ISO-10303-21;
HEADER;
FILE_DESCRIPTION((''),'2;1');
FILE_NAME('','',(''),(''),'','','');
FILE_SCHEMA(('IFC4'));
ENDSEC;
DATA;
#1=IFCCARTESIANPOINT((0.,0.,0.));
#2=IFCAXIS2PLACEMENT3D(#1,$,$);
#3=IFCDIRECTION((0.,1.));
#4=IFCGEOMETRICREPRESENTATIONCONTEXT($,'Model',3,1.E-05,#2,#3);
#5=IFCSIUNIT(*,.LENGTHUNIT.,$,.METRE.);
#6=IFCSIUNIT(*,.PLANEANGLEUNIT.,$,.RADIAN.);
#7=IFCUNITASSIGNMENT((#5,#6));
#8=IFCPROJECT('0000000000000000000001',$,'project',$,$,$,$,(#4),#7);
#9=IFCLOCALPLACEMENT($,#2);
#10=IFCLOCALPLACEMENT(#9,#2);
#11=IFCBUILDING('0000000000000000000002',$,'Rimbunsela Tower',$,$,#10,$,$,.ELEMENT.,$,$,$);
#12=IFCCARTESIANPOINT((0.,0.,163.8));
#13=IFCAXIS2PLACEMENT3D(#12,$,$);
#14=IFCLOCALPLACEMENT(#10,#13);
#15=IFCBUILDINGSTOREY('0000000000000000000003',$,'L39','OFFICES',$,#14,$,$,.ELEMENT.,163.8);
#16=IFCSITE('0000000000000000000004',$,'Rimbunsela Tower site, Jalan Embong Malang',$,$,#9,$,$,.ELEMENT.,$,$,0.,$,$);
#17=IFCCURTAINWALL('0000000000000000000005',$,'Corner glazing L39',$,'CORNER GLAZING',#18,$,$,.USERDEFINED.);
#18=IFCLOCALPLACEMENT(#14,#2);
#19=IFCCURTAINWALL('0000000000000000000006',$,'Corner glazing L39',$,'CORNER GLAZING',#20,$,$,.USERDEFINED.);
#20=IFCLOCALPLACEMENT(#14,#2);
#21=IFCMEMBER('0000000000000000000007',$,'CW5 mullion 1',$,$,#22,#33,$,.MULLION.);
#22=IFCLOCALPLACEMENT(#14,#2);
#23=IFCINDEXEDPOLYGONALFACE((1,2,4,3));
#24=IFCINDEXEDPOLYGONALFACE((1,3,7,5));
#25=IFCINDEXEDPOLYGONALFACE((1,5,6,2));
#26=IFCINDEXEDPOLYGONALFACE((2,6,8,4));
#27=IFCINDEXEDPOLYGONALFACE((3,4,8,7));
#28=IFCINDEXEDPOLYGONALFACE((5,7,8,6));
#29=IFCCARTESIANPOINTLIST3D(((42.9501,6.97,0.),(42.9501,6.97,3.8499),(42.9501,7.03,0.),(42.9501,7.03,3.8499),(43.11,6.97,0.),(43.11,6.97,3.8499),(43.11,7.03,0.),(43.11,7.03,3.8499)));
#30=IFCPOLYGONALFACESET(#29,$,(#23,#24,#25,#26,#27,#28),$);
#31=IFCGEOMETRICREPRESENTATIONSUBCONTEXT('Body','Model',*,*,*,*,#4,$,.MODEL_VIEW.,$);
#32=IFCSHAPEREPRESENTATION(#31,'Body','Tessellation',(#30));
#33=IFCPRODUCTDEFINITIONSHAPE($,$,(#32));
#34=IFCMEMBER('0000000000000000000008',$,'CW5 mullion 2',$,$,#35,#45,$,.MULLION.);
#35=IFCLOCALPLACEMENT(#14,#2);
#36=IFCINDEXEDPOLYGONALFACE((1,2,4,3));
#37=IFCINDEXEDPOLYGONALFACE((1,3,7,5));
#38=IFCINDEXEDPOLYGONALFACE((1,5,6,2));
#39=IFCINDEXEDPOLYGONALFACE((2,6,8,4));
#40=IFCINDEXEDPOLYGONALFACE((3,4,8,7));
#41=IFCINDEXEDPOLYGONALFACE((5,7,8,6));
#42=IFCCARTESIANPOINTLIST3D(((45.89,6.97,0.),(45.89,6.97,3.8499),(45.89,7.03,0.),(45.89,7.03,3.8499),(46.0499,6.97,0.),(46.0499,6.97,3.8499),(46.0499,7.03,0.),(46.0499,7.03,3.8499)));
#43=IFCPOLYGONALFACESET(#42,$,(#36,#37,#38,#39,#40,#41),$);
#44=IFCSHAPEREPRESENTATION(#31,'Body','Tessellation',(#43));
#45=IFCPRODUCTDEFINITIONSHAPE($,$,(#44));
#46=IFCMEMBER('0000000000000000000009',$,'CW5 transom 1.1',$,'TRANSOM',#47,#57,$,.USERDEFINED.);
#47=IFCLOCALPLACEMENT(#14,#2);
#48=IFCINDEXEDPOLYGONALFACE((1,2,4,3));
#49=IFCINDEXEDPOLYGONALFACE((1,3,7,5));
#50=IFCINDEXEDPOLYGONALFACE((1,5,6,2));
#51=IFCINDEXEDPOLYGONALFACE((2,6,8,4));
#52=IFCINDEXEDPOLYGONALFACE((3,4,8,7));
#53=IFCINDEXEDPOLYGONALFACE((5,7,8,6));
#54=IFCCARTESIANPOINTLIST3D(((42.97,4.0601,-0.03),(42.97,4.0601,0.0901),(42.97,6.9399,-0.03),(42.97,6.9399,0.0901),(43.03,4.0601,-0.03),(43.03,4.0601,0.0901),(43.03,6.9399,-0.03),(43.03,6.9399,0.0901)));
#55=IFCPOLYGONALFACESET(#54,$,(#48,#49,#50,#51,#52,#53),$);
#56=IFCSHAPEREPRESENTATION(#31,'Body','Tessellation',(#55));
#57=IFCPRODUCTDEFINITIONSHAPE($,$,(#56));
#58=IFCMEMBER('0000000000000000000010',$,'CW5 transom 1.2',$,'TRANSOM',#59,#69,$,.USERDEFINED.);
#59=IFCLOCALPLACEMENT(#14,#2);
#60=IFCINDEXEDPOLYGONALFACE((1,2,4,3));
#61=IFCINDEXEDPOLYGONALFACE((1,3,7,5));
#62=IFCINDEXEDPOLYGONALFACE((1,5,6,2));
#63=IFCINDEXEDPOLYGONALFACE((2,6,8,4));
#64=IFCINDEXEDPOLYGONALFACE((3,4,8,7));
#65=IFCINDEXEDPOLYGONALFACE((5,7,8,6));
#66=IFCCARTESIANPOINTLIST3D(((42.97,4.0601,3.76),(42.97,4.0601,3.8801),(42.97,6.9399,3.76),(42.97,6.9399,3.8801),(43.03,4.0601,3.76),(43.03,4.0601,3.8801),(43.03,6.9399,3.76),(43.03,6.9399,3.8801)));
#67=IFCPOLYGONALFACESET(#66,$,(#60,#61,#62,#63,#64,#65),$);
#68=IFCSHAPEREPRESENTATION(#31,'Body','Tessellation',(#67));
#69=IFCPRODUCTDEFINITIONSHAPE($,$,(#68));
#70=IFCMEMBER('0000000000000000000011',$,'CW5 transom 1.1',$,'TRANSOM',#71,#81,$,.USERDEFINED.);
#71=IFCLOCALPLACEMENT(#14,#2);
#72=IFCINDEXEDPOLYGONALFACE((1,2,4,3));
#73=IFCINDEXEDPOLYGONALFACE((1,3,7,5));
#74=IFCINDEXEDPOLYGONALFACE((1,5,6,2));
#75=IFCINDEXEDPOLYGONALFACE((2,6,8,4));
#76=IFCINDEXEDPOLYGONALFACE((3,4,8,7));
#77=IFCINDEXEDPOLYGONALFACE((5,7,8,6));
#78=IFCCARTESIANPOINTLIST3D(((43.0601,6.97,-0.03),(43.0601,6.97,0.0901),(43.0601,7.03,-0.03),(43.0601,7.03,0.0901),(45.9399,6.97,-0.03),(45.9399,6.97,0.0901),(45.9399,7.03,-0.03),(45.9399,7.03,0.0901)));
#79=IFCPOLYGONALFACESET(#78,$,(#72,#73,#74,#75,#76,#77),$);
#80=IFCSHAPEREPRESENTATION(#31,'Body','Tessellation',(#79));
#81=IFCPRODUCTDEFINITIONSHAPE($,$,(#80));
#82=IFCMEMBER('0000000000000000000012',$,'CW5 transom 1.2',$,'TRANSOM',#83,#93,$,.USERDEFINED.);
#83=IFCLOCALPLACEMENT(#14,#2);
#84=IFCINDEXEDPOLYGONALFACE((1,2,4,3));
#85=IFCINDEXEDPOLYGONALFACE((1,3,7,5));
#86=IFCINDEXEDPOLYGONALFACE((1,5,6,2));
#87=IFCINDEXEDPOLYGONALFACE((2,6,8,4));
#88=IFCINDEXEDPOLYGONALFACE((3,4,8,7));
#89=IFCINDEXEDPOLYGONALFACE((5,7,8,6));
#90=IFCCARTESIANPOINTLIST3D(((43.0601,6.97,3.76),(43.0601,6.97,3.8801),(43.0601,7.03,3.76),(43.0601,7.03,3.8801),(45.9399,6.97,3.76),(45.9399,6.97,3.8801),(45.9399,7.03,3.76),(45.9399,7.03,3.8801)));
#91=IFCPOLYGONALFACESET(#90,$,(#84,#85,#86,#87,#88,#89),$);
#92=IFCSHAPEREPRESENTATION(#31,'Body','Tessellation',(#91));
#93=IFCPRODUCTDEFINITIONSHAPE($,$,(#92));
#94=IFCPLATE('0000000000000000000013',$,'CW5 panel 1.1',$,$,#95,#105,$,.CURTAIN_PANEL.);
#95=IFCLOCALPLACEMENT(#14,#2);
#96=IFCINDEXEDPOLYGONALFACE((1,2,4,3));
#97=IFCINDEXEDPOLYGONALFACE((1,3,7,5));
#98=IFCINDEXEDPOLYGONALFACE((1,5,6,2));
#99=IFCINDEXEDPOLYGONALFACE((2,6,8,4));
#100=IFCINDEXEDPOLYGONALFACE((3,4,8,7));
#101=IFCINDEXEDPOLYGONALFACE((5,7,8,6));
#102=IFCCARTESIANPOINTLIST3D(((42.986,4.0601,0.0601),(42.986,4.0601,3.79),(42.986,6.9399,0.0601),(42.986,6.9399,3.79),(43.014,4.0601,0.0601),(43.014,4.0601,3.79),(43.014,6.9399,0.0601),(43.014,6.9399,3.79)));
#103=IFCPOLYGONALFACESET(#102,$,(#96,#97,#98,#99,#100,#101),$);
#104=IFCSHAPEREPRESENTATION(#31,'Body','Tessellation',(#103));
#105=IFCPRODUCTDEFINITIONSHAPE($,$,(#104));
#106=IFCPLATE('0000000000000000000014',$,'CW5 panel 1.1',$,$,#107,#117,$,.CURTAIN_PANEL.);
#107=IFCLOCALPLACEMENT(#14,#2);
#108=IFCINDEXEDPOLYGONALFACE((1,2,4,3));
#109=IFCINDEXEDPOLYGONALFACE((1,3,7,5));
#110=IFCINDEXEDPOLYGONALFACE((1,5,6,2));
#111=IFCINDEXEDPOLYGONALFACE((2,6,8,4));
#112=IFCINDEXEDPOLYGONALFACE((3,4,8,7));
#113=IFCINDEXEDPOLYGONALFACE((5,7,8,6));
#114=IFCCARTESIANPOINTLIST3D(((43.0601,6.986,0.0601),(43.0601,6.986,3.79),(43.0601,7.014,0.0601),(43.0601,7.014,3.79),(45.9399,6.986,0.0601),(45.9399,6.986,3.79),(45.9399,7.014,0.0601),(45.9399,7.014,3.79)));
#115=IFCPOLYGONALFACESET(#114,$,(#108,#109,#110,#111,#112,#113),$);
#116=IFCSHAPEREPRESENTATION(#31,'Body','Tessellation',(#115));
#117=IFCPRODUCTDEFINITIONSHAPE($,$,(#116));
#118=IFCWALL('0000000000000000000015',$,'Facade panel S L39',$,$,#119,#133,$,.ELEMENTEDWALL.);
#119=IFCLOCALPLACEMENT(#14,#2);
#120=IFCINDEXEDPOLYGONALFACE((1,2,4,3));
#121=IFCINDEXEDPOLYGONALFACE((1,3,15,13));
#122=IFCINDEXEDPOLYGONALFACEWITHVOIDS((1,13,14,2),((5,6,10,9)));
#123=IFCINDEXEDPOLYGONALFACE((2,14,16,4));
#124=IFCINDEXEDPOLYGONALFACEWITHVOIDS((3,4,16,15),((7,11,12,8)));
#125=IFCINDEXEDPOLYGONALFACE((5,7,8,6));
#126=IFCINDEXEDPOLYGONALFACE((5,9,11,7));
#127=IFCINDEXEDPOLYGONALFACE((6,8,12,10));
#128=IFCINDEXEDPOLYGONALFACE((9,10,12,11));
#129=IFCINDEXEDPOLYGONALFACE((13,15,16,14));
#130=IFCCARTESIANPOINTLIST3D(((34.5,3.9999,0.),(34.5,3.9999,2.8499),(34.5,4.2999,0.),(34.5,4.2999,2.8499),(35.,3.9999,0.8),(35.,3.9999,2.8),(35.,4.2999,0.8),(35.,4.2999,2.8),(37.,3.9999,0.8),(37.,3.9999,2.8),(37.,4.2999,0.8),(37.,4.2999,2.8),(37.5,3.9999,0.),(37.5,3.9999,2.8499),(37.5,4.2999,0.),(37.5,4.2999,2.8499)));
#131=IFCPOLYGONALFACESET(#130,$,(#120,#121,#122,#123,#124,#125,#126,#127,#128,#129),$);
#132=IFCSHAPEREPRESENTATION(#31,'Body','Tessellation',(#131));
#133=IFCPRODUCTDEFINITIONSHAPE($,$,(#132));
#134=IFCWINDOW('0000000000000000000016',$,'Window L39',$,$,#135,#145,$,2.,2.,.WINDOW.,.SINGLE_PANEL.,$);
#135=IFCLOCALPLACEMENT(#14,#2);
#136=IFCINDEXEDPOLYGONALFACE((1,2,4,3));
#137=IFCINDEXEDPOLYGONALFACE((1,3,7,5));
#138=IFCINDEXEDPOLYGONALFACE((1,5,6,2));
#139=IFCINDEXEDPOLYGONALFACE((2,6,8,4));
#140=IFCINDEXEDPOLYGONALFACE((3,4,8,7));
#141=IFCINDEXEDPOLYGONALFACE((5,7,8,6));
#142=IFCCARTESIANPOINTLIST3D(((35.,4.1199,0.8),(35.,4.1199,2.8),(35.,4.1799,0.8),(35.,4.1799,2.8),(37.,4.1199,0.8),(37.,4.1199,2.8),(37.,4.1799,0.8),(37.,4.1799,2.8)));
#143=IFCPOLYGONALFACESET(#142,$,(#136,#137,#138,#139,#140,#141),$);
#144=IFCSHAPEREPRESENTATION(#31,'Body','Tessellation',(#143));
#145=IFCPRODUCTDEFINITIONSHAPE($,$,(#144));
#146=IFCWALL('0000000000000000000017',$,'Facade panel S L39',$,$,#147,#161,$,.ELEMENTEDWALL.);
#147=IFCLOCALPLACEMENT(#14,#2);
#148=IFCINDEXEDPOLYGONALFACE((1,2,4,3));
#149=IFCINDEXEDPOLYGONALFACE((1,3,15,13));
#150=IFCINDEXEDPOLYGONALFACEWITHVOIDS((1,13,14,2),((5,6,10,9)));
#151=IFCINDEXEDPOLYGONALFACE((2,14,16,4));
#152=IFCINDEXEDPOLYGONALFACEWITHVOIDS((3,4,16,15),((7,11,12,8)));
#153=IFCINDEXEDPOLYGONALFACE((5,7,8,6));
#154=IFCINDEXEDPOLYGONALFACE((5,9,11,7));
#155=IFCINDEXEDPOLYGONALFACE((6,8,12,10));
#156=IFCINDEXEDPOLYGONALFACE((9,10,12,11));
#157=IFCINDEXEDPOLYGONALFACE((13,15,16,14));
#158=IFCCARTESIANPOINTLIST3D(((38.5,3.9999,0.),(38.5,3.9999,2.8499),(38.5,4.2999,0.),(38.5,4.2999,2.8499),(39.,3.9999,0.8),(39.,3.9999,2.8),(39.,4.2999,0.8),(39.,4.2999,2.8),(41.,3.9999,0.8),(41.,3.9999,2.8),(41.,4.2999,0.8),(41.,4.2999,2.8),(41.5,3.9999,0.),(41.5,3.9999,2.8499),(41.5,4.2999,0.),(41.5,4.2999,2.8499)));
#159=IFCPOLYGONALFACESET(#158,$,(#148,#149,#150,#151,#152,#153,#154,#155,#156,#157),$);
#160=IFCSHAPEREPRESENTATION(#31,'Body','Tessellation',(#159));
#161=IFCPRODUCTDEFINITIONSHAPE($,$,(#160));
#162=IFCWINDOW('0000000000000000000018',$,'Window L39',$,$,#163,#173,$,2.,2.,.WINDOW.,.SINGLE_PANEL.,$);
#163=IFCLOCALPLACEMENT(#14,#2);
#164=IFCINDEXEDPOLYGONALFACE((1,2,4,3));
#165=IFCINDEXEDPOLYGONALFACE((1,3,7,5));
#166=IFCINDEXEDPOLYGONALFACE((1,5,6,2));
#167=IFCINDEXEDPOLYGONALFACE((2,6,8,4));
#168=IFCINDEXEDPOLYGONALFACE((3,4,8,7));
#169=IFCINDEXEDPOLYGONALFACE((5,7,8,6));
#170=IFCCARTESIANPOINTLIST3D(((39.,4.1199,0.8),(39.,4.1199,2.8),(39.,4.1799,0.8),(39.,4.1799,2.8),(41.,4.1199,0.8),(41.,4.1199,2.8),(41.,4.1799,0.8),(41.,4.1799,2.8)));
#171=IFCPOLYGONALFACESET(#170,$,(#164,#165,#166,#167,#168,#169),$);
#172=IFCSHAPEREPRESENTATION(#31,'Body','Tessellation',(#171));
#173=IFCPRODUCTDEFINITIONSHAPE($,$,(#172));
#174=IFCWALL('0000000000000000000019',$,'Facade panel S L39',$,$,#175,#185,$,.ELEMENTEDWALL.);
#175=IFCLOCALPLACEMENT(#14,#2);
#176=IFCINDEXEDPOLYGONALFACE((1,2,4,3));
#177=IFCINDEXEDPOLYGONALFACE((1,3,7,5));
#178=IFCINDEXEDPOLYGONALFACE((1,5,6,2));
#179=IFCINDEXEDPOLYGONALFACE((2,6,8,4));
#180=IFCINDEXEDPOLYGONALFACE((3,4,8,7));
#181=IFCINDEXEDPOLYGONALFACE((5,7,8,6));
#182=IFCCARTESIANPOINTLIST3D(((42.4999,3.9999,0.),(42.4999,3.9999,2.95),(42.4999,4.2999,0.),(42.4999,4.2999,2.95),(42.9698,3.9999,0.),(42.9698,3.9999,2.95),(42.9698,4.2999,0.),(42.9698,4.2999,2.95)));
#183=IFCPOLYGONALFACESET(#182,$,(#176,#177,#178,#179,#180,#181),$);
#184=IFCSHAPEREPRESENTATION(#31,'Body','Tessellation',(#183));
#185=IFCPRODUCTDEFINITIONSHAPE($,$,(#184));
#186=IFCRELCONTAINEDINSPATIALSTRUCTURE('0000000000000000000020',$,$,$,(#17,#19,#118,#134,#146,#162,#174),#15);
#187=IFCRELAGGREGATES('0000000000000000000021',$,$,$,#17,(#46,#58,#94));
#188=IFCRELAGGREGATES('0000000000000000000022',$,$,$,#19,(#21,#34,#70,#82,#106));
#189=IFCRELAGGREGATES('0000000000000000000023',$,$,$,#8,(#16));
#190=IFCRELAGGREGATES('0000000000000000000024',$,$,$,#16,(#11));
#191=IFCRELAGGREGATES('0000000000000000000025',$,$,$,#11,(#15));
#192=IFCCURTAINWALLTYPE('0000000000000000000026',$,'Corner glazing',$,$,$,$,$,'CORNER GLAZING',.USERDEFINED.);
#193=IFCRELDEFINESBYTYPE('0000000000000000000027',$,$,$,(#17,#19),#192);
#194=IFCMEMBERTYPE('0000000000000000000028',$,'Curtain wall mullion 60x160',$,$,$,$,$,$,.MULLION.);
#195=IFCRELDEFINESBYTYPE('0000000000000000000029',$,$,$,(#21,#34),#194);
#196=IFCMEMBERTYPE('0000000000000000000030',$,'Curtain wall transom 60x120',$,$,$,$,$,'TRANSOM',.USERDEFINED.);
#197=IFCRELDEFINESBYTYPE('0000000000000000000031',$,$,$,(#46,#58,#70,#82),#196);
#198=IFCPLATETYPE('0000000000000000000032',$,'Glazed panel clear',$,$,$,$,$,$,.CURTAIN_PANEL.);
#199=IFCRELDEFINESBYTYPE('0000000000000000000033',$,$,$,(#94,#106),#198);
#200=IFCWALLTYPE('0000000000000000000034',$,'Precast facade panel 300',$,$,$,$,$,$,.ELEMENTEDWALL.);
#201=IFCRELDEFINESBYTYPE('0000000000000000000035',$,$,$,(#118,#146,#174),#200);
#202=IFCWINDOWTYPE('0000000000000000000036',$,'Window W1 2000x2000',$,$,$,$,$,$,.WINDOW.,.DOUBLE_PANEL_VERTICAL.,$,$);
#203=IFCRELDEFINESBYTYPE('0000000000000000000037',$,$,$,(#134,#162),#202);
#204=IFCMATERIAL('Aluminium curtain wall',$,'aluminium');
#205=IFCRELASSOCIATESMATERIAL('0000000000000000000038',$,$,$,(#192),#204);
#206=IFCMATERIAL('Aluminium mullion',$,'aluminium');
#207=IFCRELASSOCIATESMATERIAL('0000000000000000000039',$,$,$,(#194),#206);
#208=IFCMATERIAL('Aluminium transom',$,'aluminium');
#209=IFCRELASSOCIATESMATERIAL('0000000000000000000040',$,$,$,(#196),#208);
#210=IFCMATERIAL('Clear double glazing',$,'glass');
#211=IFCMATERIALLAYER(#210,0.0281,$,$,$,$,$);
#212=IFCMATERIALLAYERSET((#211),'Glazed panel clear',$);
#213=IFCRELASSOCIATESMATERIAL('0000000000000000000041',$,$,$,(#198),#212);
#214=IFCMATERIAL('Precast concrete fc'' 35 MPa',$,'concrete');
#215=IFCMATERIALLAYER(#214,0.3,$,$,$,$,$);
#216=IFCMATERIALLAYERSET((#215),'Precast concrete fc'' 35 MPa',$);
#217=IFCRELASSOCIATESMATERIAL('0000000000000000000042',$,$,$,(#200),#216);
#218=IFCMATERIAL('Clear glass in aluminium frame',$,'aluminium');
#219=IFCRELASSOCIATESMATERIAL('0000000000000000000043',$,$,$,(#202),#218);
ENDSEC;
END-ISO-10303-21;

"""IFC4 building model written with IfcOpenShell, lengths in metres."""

from ifc_helpers import new_model, si_unit, direction, frame, frame_2d, origin, origin_2d, place, context, subcontext, project, spatial, rectangle, extrude, material, layer, layer_set, material_profile, profile_set, type_object, element, fill, aggregate, save


model = new_model("IFC4")

# Units and contexts
model_context = context("Model", 3, precision=1e-05, world=origin(), true_north=direction((0.0, 1.0)))
body_context = subcontext(model_context, "Body", "Model", "MODEL_VIEW")
ifc_project = project(units=[si_unit("LENGTHUNIT", "METRE"), si_unit("PLANEANGLEUNIT", "RADIAN")], contexts=[model_context])

# Site, building, storey
site_placement = place(None, origin())
site = spatial("IfcSite", under=ifc_project, at=site_placement, Name="Rimbunsela Tower site, Jalan Embong Malang", CompositionType="ELEMENT", RefElevation=0.0)
building_placement = place(site_placement, origin())
building = spatial("IfcBuilding", under=site, at=building_placement, Name="Rimbunsela Tower", CompositionType="ELEMENT")
storey_placement = place(building_placement, frame((0.0, 0.0, 163.8)))
storey = spatial("IfcBuildingStorey", under=building, at=storey_placement, Name="L39", Description="OFFICES", CompositionType="ELEMENT", Elevation=163.8)

# Curtain walls, members
ifc_material_1 = material(Name="Aluminium curtain wall", Category="aluminium")
curtain_wall_type = type_object("IfcCurtainWallType", Name="Corner glazing", ElementType="CORNER GLAZING", PredefinedType="USERDEFINED", material=ifc_material_1)
curtain_wall_1_placement = place(storey_placement, origin())
curtain_wall_1 = element("IfcCurtainWall", 1, at=curtain_wall_1_placement, inside=storey, type_object=curtain_wall_type, Name="Corner glazing L39", ObjectType="CORNER GLAZING", PredefinedType="USERDEFINED")
ifc_material_2 = material(Name="Aluminium mullion", Category="aluminium")
ifc_material_profile_1 = material_profile(ifc_material_2, rectangle(XDim=0.0601, YDim=0.1599, at=origin_2d()), Name="Mullion 60x160")
ifc_profile_set_1 = profile_set([ifc_material_profile_1], Name="Aluminium mullion")
member_type_1 = type_object("IfcMemberType", Name="Curtain wall mullion 60x160", PredefinedType="MULLION", material=ifc_profile_set_1)
curtain_wall_2_placement = place(storey_placement, origin())
curtain_wall_2 = element("IfcCurtainWall", 2, at=curtain_wall_2_placement, inside=storey, type_object=curtain_wall_type, Name="Corner glazing L39", ObjectType="CORNER GLAZING", PredefinedType="USERDEFINED")
member_1_placement = place(storey_placement, frame((43.03, 7.0, 0.0), z_axis=(0.0, 0.0, 1.0), x_axis=(0.0, 1.0, 0.0)))
member_1 = element("IfcMember", 3, at=member_1_placement, type_object=member_type_1, Name="CW5 mullion 1", PredefinedType="MULLION", context=body_context, shape_type="SweptSolid", body=[
    extrude(rectangle(XDim=0.0601, YDim=0.1599, at=origin_2d()), origin(), (0.0, 0.0, 1.0), 3.8499),
])
member_2_placement = place(storey_placement, frame((45.97, 7.0, 0.0), z_axis=(0.0, 0.0, 1.0), x_axis=(0.0, 1.0, 0.0)))
member_2 = element("IfcMember", 4, at=member_2_placement, type_object=member_type_1, Name="CW5 mullion 2", PredefinedType="MULLION", context=body_context, shape_type="SweptSolid", body=[
    extrude(rectangle(XDim=0.0601, YDim=0.1599, at=origin_2d()), origin(), (0.0, 0.0, 1.0), 3.8499),
])

# Members
ifc_material_3 = material(Name="Aluminium transom", Category="aluminium")
ifc_material_profile_2 = material_profile(ifc_material_3, rectangle(XDim=0.0601, YDim=0.1201, at=origin_2d()), Name="Transom 60x120")
ifc_profile_set_2 = profile_set([ifc_material_profile_2], Name="Aluminium transom")
member_type_2 = type_object("IfcMemberType", Name="Curtain wall transom 60x120", ElementType="TRANSOM", PredefinedType="USERDEFINED", material=ifc_profile_set_2)
member_3_placement = place(storey_placement, frame((43.0, 4.0601, 0.03), z_axis=(0.0, 1.0, 0.0), x_axis=(-1.0, 0.0, 0.0)))
member_3 = element("IfcMember", 5, at=member_3_placement, type_object=member_type_2, Name="CW5 transom 1.1", ObjectType="TRANSOM", PredefinedType="USERDEFINED", context=body_context, shape_type="SweptSolid", body=[
    extrude(rectangle(XDim=0.0601, YDim=0.1201, at=origin_2d()), origin(), (0.0, 0.0, 1.0), 2.8799),
])
member_4_placement = place(storey_placement, frame((43.0, 4.0601, 3.8201), z_axis=(0.0, 1.0, 0.0), x_axis=(-1.0, 0.0, 0.0)))
member_4 = element("IfcMember", 6, at=member_4_placement, type_object=member_type_2, Name="CW5 transom 1.2", ObjectType="TRANSOM", PredefinedType="USERDEFINED", context=body_context, shape_type="SweptSolid", body=[
    extrude(rectangle(XDim=0.0601, YDim=0.1201, at=origin_2d()), origin(), (0.0, 0.0, 1.0), 2.8799),
])
member_5_placement = place(storey_placement, frame((43.0601, 7.0, 0.03), z_axis=(1.0, 0.0, 0.0), x_axis=(0.0, 1.0, 0.0)))
member_5 = element("IfcMember", 7, at=member_5_placement, type_object=member_type_2, Name="CW5 transom 1.1", ObjectType="TRANSOM", PredefinedType="USERDEFINED", context=body_context, shape_type="SweptSolid", body=[
    extrude(rectangle(XDim=0.0601, YDim=0.1201, at=origin_2d()), origin(), (0.0, 0.0, 1.0), 2.8799),
])
member_6_placement = place(storey_placement, frame((43.0601, 7.0, 3.8201), z_axis=(1.0, 0.0, 0.0), x_axis=(0.0, 1.0, 0.0)))
member_6 = element("IfcMember", 8, at=member_6_placement, type_object=member_type_2, Name="CW5 transom 1.2", ObjectType="TRANSOM", PredefinedType="USERDEFINED", context=body_context, shape_type="SweptSolid", body=[
    extrude(rectangle(XDim=0.0601, YDim=0.1201, at=origin_2d()), origin(), (0.0, 0.0, 1.0), 2.8799),
])

# Plates
ifc_material_4 = material(Name="Clear double glazing", Category="glass")
ifc_layer_1 = layer(ifc_material_4, 0.0281)
ifc_layer_set_1 = layer_set([ifc_layer_1], Name="Glazed panel clear")
plate_type = type_object("IfcPlateType", Name="Glazed panel clear", PredefinedType="CURTAIN_PANEL", material=ifc_layer_set_1)
plate_1_placement = place(storey_placement, frame((43.0, 5.5, 0.0601), z_axis=(0.0, 0.0, 1.0), x_axis=(0.0, 1.0, 0.0)))
plate_1 = element("IfcPlate", 9, at=plate_1_placement, type_object=plate_type, Name="CW5 panel 1.1", PredefinedType="CURTAIN_PANEL", context=body_context, shape_type="SweptSolid", body=[
    extrude(rectangle(XDim=2.8799, YDim=0.0281, at=origin_2d()), origin(), (0.0, 0.0, 1.0), 3.73),
])
aggregate(curtain_wall_1, [member_3, member_4, plate_1])
plate_2_placement = place(storey_placement, frame((44.5, 7.0, 0.0601), z_axis=(0.0, 0.0, 1.0), x_axis=(1.0, 0.0, 0.0)))
plate_2 = element("IfcPlate", 10, at=plate_2_placement, type_object=plate_type, Name="CW5 panel 1.1", PredefinedType="CURTAIN_PANEL", context=body_context, shape_type="SweptSolid", body=[
    extrude(rectangle(XDim=2.8799, YDim=0.0281, at=origin_2d()), origin(), (0.0, 0.0, 1.0), 3.73),
])
aggregate(curtain_wall_2, [member_1, member_2, member_5, member_6, plate_2])

# Walls, openings, windows
ifc_material_5 = material(Name="Precast concrete fc' 35 MPa", Category="concrete")
ifc_layer_2 = layer(ifc_material_5, 0.3)
ifc_layer_set_2 = layer_set([ifc_layer_2], Name="Precast concrete fc' 35 MPa")
wall_type = type_object("IfcWallType", Name="Precast facade panel 300", PredefinedType="ELEMENTEDWALL", material=ifc_layer_set_2)
wall_1_placement = place(storey_placement, frame((34.5, 4.1499, 0.0), z_axis=(0.0, 0.0, 1.0), x_axis=(1.0, 0.0, 0.0)))
wall_1 = element("IfcWall", 11, at=wall_1_placement, inside=storey, type_object=wall_type, Name="Facade panel S L39", PredefinedType="ELEMENTEDWALL", context=body_context, shape_type="SweptSolid", body=[
    extrude(rectangle(XDim=3.0, YDim=0.3, at=frame_2d((1.5, 0.0))), origin(), (0.0, 0.0, 1.0), 2.8499),
])
opening_1_placement = place(wall_1_placement, frame((0.5, 0.0, 0.8)))
opening_1 = element("IfcOpeningElement", 12, at=opening_1_placement, cuts=wall_1, PredefinedType="OPENING", context=body_context, shape_type="SweptSolid", body=[
    extrude(rectangle(XDim=2.0, YDim=2.0, at=frame_2d((1.0, 1.0))), frame((0.0, 0.1599, 0.0), z_axis=(0.0, -1.0, 0.0), x_axis=(1.0, 0.0, 0.0)), (0.0, 0.0, 1.0), 0.3201),
])
ifc_material_6 = material(Name="Clear glass in aluminium frame", Category="aluminium")
window_type = type_object("IfcWindowType", Name="Window W1 2000x2000", PartitioningType="DOUBLE_PANEL_VERTICAL", PredefinedType="WINDOW", material=ifc_material_6)
window_1_placement = place(opening_1_placement, origin())
window_1 = element("IfcWindow", 13, at=window_1_placement, inside=storey, type_object=window_type, Name="Window L39", OverallHeight=2.0, OverallWidth=2.0, PartitioningType="SINGLE_PANEL", PredefinedType="WINDOW", context=body_context, shape_type="SweptSolid", body=[
    extrude(rectangle(XDim=2.0, YDim=2.0, at=frame_2d((1.0, 1.0))), frame((0.0, 0.03, 0.0), z_axis=(0.0, -1.0, 0.0), x_axis=(1.0, 0.0, 0.0)), (0.0, 0.0, 1.0), 0.0601),
])
fill(opening_1, window_1)
wall_2_placement = place(storey_placement, frame((38.5, 4.1499, 0.0), z_axis=(0.0, 0.0, 1.0), x_axis=(1.0, 0.0, 0.0)))
wall_2 = element("IfcWall", 14, at=wall_2_placement, inside=storey, type_object=wall_type, Name="Facade panel S L39", PredefinedType="ELEMENTEDWALL", context=body_context, shape_type="SweptSolid", body=[
    extrude(rectangle(XDim=3.0, YDim=0.3, at=frame_2d((1.5, 0.0))), origin(), (0.0, 0.0, 1.0), 2.8499),
])
opening_2_placement = place(wall_2_placement, frame((0.5, 0.0, 0.8)))
opening_2 = element("IfcOpeningElement", 15, at=opening_2_placement, cuts=wall_2, PredefinedType="OPENING", context=body_context, shape_type="SweptSolid", body=[
    extrude(rectangle(XDim=2.0, YDim=2.0, at=frame_2d((1.0, 1.0))), frame((0.0, 0.1599, 0.0), z_axis=(0.0, -1.0, 0.0), x_axis=(1.0, 0.0, 0.0)), (0.0, 0.0, 1.0), 0.3201),
])
window_2_placement = place(opening_2_placement, origin())
window_2 = element("IfcWindow", 16, at=window_2_placement, inside=storey, type_object=window_type, Name="Window L39", OverallHeight=2.0, OverallWidth=2.0, PartitioningType="SINGLE_PANEL", PredefinedType="WINDOW", context=body_context, shape_type="SweptSolid", body=[
    extrude(rectangle(XDim=2.0, YDim=2.0, at=frame_2d((1.0, 1.0))), frame((0.0, 0.03, 0.0), z_axis=(0.0, -1.0, 0.0), x_axis=(1.0, 0.0, 0.0)), (0.0, 0.0, 1.0), 0.0601),
])
fill(opening_2, window_2)

# Wall
for number, where, z_axis, x_axis, name in (
    (17, (42.5, 4.1499, 0.0), (0.0, 0.0, 1.0), (1.0, 0.0, 0.0), "Facade panel S L39"),
):
    element("IfcWall", number, at=place(storey_placement, frame(where, z_axis=z_axis, x_axis=x_axis)), inside=storey, type_object=wall_type, Name=name, PredefinedType="ELEMENTEDWALL", context=body_context, shape_type="SweptSolid", body=[
        extrude(rectangle(XDim=0.47, YDim=0.3, at=frame_2d((0.2349, 0.0))), origin(), (0.0, 0.0, 1.0), 2.95),
    ])

save(model, "model.ifc")
